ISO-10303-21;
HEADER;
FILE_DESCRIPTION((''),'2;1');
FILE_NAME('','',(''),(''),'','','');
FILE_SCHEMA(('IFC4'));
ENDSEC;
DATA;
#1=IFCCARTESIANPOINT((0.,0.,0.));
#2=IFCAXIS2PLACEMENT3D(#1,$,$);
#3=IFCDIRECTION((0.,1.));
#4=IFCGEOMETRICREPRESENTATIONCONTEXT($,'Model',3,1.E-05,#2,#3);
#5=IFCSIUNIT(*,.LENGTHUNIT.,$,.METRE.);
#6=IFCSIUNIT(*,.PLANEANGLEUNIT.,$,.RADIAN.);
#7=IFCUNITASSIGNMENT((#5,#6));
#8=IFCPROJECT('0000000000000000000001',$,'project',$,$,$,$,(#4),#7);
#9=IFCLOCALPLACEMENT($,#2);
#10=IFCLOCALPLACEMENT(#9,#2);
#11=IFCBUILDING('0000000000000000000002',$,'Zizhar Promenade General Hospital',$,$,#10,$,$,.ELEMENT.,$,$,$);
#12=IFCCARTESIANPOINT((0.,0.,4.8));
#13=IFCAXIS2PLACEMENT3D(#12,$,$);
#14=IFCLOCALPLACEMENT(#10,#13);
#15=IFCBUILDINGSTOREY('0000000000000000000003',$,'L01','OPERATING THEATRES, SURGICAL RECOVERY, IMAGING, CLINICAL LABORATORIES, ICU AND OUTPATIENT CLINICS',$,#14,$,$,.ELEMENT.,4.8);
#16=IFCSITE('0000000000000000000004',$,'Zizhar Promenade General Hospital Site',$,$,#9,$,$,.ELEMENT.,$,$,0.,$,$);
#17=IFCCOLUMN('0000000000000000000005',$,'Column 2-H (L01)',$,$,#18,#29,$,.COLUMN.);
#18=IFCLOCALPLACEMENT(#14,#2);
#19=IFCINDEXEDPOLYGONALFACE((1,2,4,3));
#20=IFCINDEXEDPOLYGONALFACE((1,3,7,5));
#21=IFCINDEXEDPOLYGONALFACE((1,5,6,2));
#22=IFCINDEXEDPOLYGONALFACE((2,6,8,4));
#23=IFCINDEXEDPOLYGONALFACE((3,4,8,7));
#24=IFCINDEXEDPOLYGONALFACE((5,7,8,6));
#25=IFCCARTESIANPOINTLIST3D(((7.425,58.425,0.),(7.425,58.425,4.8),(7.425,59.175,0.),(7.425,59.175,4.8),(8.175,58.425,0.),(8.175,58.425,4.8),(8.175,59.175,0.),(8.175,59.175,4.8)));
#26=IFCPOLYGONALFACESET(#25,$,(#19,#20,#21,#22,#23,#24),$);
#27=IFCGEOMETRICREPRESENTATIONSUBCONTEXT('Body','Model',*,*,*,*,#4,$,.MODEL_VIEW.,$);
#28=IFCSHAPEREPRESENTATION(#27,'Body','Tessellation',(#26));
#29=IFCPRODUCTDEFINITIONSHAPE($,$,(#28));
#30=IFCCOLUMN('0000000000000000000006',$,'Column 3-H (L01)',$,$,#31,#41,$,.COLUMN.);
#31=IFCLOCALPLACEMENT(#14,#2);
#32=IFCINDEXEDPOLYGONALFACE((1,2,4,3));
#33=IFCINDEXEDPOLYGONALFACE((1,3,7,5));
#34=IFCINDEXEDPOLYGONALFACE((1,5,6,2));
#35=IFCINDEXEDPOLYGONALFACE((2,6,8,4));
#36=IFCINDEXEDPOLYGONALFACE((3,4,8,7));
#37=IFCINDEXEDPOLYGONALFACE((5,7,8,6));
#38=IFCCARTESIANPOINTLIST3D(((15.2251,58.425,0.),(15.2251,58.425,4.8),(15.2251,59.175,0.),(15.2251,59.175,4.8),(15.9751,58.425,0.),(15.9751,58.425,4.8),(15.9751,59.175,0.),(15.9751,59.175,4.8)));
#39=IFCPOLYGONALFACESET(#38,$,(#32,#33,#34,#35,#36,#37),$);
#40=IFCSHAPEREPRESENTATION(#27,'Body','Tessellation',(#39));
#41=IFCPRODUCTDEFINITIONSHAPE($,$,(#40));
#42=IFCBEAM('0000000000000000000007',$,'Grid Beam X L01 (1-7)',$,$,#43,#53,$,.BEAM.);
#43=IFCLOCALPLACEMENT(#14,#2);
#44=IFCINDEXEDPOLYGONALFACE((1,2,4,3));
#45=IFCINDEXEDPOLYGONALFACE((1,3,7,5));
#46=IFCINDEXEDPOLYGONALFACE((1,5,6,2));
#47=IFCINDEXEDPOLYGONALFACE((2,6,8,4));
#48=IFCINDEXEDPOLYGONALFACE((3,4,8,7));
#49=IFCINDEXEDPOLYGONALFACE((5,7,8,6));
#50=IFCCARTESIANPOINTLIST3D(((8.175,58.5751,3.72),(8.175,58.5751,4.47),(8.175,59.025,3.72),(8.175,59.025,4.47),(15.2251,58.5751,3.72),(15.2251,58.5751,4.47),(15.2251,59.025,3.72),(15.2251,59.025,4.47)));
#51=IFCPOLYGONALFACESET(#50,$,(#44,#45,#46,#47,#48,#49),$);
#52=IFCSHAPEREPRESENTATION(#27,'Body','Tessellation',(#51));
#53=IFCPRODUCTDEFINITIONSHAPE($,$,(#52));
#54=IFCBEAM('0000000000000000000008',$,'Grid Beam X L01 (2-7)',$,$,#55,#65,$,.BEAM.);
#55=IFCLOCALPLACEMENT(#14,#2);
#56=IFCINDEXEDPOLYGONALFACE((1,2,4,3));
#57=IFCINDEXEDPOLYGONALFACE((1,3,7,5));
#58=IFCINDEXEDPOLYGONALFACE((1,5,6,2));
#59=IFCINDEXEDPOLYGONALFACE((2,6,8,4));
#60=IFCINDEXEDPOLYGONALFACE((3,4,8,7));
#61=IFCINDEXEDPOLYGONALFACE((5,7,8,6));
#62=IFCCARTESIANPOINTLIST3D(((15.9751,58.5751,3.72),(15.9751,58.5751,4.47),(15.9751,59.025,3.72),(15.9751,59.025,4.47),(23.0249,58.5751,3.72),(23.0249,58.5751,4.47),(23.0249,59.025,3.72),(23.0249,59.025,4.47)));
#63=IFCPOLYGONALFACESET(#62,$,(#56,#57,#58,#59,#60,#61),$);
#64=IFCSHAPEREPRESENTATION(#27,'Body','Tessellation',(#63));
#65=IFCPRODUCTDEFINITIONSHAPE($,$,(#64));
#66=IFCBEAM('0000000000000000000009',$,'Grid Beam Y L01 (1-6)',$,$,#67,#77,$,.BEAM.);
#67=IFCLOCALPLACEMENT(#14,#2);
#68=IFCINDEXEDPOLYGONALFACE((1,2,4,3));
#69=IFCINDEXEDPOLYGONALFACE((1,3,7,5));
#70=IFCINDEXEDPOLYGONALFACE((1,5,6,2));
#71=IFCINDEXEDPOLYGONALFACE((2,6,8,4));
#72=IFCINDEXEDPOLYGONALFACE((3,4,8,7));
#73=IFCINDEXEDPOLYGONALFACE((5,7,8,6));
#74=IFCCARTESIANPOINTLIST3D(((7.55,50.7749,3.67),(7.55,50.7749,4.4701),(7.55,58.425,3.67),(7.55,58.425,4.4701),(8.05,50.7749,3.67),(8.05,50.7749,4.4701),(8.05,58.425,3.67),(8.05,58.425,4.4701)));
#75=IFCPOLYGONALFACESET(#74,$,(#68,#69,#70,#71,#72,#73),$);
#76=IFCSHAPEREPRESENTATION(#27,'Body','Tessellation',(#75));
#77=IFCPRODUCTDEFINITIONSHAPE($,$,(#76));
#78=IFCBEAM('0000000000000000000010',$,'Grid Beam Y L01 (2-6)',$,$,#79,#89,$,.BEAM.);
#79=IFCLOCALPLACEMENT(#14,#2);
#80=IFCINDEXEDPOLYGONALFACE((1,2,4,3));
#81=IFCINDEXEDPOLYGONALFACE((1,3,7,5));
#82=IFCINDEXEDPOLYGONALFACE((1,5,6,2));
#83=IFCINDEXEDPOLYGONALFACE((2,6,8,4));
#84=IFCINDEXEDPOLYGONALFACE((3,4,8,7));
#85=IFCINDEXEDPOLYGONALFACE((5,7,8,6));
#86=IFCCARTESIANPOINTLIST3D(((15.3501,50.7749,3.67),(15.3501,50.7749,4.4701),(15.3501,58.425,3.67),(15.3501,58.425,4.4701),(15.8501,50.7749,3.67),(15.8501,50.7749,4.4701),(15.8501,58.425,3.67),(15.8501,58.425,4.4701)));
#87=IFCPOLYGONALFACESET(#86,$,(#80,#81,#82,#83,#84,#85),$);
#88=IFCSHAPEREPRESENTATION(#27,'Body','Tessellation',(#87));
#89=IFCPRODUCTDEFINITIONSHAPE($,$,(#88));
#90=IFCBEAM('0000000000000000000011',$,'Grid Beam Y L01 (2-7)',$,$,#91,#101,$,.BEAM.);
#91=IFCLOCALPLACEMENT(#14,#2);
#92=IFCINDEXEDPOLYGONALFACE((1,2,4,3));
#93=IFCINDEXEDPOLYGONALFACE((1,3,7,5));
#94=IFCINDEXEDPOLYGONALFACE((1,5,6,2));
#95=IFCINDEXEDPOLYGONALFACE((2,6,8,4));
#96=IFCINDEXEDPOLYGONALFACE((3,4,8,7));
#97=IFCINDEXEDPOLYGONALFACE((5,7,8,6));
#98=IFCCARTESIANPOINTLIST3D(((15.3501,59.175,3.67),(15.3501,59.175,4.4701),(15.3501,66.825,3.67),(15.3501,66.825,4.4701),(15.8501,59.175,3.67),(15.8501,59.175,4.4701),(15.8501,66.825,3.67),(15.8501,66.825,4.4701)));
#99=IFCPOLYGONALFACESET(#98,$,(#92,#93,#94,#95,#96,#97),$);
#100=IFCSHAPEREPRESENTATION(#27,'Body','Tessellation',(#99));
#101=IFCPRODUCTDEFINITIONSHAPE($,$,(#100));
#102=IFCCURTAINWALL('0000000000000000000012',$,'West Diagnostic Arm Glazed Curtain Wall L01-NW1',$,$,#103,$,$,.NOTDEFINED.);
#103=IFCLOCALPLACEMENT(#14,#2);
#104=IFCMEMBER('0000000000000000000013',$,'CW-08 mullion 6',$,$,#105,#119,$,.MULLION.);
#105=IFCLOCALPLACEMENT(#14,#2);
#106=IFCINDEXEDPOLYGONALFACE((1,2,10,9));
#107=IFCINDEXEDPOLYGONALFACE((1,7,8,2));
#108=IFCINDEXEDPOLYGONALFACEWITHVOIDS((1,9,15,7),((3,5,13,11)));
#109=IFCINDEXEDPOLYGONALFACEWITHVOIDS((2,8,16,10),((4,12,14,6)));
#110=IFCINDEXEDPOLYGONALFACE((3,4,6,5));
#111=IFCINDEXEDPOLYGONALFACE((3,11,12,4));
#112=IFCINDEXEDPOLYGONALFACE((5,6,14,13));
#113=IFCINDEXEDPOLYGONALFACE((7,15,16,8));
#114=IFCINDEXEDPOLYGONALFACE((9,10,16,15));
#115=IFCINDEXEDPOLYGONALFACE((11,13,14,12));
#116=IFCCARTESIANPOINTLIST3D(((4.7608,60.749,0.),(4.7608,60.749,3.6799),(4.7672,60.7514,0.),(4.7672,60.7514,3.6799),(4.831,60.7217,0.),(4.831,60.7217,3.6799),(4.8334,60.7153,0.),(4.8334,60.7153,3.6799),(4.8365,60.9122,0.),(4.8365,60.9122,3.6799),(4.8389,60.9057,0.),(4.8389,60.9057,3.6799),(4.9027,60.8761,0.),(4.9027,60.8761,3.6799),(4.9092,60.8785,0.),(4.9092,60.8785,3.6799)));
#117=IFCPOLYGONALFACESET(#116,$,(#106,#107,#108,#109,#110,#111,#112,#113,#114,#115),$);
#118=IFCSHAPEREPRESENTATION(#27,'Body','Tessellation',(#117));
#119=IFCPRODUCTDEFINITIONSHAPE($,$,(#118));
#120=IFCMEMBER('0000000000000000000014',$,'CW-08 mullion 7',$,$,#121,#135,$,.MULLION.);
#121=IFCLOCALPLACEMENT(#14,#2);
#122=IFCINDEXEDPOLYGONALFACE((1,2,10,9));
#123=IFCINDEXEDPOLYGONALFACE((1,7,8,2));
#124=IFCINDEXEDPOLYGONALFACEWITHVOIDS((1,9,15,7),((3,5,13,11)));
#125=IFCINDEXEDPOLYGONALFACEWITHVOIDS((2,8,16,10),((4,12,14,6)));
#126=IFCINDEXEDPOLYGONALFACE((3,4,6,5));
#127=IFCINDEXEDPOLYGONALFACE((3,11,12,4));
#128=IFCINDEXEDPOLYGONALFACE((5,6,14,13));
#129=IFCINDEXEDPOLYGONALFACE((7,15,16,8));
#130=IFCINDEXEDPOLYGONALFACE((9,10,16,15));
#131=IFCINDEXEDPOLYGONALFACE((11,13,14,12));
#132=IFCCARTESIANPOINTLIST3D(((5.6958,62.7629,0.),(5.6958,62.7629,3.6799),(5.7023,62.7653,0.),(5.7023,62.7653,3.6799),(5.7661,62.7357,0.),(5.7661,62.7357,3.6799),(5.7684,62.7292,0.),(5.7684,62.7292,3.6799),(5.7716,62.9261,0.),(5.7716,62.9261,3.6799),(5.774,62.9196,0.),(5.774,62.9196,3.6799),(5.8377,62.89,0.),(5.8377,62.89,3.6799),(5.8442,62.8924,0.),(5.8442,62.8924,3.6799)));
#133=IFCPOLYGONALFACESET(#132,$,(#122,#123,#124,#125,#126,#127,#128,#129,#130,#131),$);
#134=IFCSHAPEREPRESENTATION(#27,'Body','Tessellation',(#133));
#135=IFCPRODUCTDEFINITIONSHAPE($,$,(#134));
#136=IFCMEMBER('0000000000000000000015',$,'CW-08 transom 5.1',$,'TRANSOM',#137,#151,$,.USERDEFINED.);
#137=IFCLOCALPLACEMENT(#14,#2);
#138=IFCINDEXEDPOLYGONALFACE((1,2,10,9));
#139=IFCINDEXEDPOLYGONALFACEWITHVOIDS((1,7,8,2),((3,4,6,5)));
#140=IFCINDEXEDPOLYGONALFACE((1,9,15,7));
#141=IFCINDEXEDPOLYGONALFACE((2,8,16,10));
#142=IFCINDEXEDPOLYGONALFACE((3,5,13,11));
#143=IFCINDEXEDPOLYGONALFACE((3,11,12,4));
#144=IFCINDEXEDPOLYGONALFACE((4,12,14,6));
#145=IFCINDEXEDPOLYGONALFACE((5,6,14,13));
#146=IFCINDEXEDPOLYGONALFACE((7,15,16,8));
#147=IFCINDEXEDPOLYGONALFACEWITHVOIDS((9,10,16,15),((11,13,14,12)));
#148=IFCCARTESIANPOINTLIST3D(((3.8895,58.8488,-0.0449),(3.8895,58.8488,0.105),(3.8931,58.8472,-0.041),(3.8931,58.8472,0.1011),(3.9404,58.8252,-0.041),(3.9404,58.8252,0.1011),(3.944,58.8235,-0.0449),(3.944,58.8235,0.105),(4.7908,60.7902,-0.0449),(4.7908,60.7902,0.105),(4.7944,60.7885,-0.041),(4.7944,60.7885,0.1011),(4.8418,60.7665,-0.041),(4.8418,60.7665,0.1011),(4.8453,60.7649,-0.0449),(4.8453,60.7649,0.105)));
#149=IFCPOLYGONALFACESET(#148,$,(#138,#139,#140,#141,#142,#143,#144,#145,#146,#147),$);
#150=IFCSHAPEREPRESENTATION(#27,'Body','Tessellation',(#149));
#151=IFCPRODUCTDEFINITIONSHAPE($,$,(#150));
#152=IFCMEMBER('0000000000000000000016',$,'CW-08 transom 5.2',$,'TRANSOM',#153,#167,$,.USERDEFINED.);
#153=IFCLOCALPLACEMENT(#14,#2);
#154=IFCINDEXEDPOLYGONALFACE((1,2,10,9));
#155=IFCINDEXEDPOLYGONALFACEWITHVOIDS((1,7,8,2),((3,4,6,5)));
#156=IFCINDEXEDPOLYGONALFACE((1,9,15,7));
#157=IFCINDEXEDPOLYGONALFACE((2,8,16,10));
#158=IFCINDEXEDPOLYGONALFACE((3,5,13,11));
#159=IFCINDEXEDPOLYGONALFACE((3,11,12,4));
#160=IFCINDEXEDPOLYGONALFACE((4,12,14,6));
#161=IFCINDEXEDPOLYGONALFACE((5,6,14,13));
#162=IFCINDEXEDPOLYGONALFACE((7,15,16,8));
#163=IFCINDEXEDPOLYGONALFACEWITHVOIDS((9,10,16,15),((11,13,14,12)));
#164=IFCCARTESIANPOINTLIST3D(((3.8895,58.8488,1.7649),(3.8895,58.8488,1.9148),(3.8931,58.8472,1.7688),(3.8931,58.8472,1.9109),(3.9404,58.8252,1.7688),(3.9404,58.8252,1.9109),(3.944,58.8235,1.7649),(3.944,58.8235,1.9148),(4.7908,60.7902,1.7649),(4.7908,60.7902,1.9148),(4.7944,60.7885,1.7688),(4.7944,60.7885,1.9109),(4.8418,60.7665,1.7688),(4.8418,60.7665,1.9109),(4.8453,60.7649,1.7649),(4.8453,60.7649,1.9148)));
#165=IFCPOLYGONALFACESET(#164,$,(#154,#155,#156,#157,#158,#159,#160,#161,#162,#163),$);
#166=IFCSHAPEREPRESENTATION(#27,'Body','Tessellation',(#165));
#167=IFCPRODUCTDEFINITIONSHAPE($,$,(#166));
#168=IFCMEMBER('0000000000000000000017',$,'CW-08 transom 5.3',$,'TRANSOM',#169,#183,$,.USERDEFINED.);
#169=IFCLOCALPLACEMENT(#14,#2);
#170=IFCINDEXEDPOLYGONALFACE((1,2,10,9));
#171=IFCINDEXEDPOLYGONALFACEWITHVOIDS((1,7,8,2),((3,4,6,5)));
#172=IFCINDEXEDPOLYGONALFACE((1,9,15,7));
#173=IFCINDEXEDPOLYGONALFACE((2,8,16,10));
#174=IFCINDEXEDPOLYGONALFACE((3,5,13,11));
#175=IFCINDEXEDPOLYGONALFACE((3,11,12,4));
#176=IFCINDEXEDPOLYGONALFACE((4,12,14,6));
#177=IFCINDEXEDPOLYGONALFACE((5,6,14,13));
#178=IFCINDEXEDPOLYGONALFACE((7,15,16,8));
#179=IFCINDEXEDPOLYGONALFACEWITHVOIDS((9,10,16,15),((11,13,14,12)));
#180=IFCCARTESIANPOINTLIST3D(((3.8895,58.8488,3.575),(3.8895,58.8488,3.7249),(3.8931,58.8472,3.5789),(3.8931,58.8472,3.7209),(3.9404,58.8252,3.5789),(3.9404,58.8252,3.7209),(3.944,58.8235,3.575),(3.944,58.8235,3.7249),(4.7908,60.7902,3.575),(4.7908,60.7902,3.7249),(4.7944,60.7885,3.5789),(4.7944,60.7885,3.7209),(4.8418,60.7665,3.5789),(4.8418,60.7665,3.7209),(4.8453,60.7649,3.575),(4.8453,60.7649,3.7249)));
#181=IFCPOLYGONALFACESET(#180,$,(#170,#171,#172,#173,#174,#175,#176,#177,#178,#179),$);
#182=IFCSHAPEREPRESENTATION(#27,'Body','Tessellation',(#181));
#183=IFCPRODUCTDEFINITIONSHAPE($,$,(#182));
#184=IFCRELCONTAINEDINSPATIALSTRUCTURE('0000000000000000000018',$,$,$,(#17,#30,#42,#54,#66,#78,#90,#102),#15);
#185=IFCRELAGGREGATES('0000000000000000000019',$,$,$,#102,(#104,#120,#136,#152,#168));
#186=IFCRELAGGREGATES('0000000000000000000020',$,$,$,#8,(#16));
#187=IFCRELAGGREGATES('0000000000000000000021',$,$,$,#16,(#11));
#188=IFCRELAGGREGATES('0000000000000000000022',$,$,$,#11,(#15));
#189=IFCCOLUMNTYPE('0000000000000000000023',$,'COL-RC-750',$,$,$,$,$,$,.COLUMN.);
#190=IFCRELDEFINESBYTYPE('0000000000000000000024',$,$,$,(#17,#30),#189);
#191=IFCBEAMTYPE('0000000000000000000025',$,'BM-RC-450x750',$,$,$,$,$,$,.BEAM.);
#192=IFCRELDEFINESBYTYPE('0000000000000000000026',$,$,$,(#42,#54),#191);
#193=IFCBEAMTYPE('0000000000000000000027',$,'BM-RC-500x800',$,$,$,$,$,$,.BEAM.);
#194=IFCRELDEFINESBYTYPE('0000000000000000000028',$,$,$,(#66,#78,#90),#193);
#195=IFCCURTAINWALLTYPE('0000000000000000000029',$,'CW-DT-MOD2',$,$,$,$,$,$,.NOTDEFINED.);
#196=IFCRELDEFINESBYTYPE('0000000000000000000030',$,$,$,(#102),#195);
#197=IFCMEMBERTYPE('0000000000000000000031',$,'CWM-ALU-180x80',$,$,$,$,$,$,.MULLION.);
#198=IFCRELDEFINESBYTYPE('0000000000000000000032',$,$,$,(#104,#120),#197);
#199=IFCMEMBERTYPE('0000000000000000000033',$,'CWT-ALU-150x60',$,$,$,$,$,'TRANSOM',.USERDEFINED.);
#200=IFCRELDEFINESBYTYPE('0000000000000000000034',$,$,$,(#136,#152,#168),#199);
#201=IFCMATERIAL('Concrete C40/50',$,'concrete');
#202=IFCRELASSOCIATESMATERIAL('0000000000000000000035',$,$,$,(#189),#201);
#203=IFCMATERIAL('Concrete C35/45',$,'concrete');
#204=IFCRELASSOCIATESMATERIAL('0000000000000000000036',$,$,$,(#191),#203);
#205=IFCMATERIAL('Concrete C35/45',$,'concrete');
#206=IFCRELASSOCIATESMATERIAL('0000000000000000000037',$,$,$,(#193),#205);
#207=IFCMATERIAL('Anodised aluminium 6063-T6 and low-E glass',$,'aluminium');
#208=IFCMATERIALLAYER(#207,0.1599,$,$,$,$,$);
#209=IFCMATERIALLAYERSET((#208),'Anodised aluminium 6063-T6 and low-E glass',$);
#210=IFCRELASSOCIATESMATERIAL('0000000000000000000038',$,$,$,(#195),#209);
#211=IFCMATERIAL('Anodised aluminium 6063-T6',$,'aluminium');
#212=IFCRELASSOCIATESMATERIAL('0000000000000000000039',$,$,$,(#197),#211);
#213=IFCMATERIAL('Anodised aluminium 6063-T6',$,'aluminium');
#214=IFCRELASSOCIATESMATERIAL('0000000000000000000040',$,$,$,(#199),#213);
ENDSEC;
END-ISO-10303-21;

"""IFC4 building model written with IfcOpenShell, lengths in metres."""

from ifc_helpers import new_model, si_unit, direction, frame, origin, origin_2d, place, context, subcontext, project, spatial, rectangle, hollow_rectangle, extrude, material, layer, layer_set, material_profile, profile_set, type_object, element, aggregate, save


model = new_model("IFC4")

# Units and contexts
model_context = context("Model", 3, precision=1e-05, world=origin(), true_north=direction((0.0, 1.0)))
body_context = subcontext(model_context, "Body", "Model", "MODEL_VIEW")
ifc_project = project(units=[si_unit("LENGTHUNIT", "METRE"), si_unit("PLANEANGLEUNIT", "RADIAN")], contexts=[model_context])

# Site, building, storey
site_placement = place(None, origin())
site = spatial("IfcSite", under=ifc_project, at=site_placement, Name="Zizhar Promenade General Hospital Site", CompositionType="ELEMENT", RefElevation=0.0)
building_placement = place(site_placement, origin())
building = spatial("IfcBuilding", under=site, at=building_placement, Name="Zizhar Promenade General Hospital", CompositionType="ELEMENT")
storey_placement = place(building_placement, frame((0.0, 0.0, 4.8)))
storey = spatial("IfcBuildingStorey", under=building, at=storey_placement, Name="L01", Description="OPERATING THEATRES, SURGICAL RECOVERY, IMAGING, CLINICAL LABORATORIES, ICU AND OUTPATIENT CLINICS", CompositionType="ELEMENT", Elevation=4.8)

# Columns
ifc_material_1 = material(Name="Concrete C40/50", Category="concrete")
ifc_material_profile_1 = material_profile(ifc_material_1, rectangle(XDim=0.75, YDim=0.75, at=origin_2d()))
ifc_profile_set_1 = profile_set([ifc_material_profile_1], Name="Concrete C40/50")
column_type = type_object("IfcColumnType", Name="COL-RC-750", PredefinedType="COLUMN", material=ifc_profile_set_1)
for number, where, z_axis, x_axis, name in (
    (1, (7.8, 58.8, 0.0), (0.0, 0.0, 1.0), (1.0, 0.0, 0.0), "Column 2-H (L01)"),
    (2, (15.6001, 58.8, 0.0), (0.0, 0.0, 1.0), (1.0, 0.0, 0.0), "Column 3-H (L01)"),
):
    element("IfcColumn", number, at=place(storey_placement, frame(where, z_axis=z_axis, x_axis=x_axis)), inside=storey, type_object=column_type, Name=name, PredefinedType="COLUMN", context=body_context, shape_type="SweptSolid", body=[
        extrude(rectangle(XDim=0.75, YDim=0.75, at=origin_2d()), origin(), (0.0, 0.0, 1.0), 4.8),
    ])

# Beams
ifc_material_2 = material(Name="Concrete C35/45", Category="concrete")
ifc_material_profile_2 = material_profile(ifc_material_2, rectangle(XDim=0.45, YDim=0.75, at=origin_2d()))
ifc_profile_set_2 = profile_set([ifc_material_profile_2], Name="Concrete C35/45")
beam_type_1 = type_object("IfcBeamType", Name="BM-RC-450x750", PredefinedType="BEAM", material=ifc_profile_set_2)
beam_1_placement = place(storey_placement, frame((8.175, 58.8, 4.095), z_axis=(1.0, 0.0, 0.0), x_axis=(0.0, 1.0, 0.0)))
element("IfcBeam", 3, at=beam_1_placement, inside=storey, type_object=beam_type_1, Name="Grid Beam X L01 (1-7)", PredefinedType="BEAM", context=body_context, shape_type="SweptSolid", body=[
    extrude(rectangle(XDim=0.45, YDim=0.75, at=origin_2d()), origin(), (0.0, 0.0, 1.0), 7.05),
])
beam_2_placement = place(storey_placement, frame((15.9751, 58.8, 4.095), z_axis=(1.0, 0.0, 0.0), x_axis=(0.0, 1.0, 0.0)))
element("IfcBeam", 4, at=beam_2_placement, inside=storey, type_object=beam_type_1, Name="Grid Beam X L01 (2-7)", PredefinedType="BEAM", context=body_context, shape_type="SweptSolid", body=[
    extrude(rectangle(XDim=0.45, YDim=0.75, at=origin_2d()), origin(), (0.0, 0.0, 1.0), 7.0498),
])
ifc_material_3 = material(Name="Concrete C35/45", Category="concrete")
ifc_material_profile_3 = material_profile(ifc_material_3, rectangle(XDim=0.5, YDim=0.8, at=origin_2d()))
ifc_profile_set_3 = profile_set([ifc_material_profile_3], Name="Concrete C35/45")
beam_type_2 = type_object("IfcBeamType", Name="BM-RC-500x800", PredefinedType="BEAM", material=ifc_profile_set_3)
for number, where, z_axis, x_axis, name in (
    (5, (7.8, 50.7749, 4.0701), (0.0, 1.0, 0.0), (-1.0, 0.0, 0.0), "Grid Beam Y L01 (1-6)"),
    (6, (15.6001, 50.7749, 4.0701), (0.0, 1.0, 0.0), (-1.0, 0.0, 0.0), "Grid Beam Y L01 (2-6)"),
):
    element("IfcBeam", number, at=place(storey_placement, frame(where, z_axis=z_axis, x_axis=x_axis)), inside=storey, type_object=beam_type_2, Name=name, PredefinedType="BEAM", context=body_context, shape_type="SweptSolid", body=[
        extrude(rectangle(XDim=0.5, YDim=0.8, at=origin_2d()), origin(), (0.0, 0.0, 1.0), 7.6501),
    ])
beam_3_placement = place(storey_placement, frame((15.6001, 59.175, 4.0701), z_axis=(0.0, 1.0, 0.0), x_axis=(-1.0, 0.0, 0.0)))
element("IfcBeam", 7, at=beam_3_placement, inside=storey, type_object=beam_type_2, Name="Grid Beam Y L01 (2-7)", PredefinedType="BEAM", context=body_context, shape_type="SweptSolid", body=[
    extrude(rectangle(XDim=0.5, YDim=0.8, at=origin_2d()), origin(), (0.0, 0.0, 1.0), 7.6499),
])

# Curtain wall, members
ifc_material_4 = material(Name="Anodised aluminium 6063-T6 and low-E glass", Category="aluminium")
ifc_layer_1 = layer(ifc_material_4, 0.1599)
ifc_layer_set_1 = layer_set([ifc_layer_1], Name="Anodised aluminium 6063-T6 and low-E glass")
curtain_wall_type = type_object("IfcCurtainWallType", Name="CW-DT-MOD2", PredefinedType="NOTDEFINED", material=ifc_layer_set_1)
curtain_wall_placement = place(storey_placement, origin())
curtain_wall = element("IfcCurtainWall", 8, at=curtain_wall_placement, inside=storey, type_object=curtain_wall_type, Name="West Diagnostic Arm Glazed Curtain Wall L01-NW1", PredefinedType="NOTDEFINED")
ifc_material_5 = material(Name="Anodised aluminium 6063-T6", Category="aluminium")
ifc_material_profile_4 = material_profile(ifc_material_5, hollow_rectangle(XDim=0.0801, YDim=0.1799, WallThickness=0.0049, at=origin_2d()))
ifc_profile_set_4 = profile_set([ifc_material_profile_4], Name="Anodised aluminium 6063-T6")
member_type_1 = type_object("IfcMemberType", Name="CWM-ALU-180x80", PredefinedType="MULLION", material=ifc_profile_set_4)
member_1_placement = place(storey_placement, frame((4.835, 60.8137, 0.0), z_axis=(0.0, 0.0, 1.0), x_axis=(-0.907007, 0.421115, 0.0)))
member_1 = element("IfcMember", 9, at=member_1_placement, type_object=member_type_1, Name="CW-08 mullion 6", PredefinedType="MULLION", context=body_context, shape_type="SweptSolid", body=[
    extrude(hollow_rectangle(XDim=0.0801, YDim=0.1799, WallThickness=0.0049, at=origin_2d()), origin(), (0.0, 0.0, 1.0), 3.6799),
])
member_2_placement = place(storey_placement, frame((5.77, 62.8276, 0.0), z_axis=(0.0, 0.0, 1.0), x_axis=(-0.907007, 0.421115, 0.0)))
member_2 = element("IfcMember", 10, at=member_2_placement, type_object=member_type_1, Name="CW-08 mullion 7", PredefinedType="MULLION", context=body_context, shape_type="SweptSolid", body=[
    extrude(hollow_rectangle(XDim=0.0801, YDim=0.1799, WallThickness=0.0049, at=origin_2d()), origin(), (0.0, 0.0, 1.0), 3.6799),
])
ifc_material_6 = material(Name="Anodised aluminium 6063-T6", Category="aluminium")
ifc_material_profile_5 = material_profile(ifc_material_6, hollow_rectangle(XDim=0.0601, YDim=0.1499, WallThickness=0.0039, at=origin_2d()))
ifc_profile_set_5 = profile_set([ifc_material_profile_5], Name="Anodised aluminium 6063-T6")
member_type_2 = type_object("IfcMemberType", Name="CWT-ALU-150x60", ElementType="TRANSOM", PredefinedType="USERDEFINED", material=ifc_profile_set_5)
member_3_placement = place(storey_placement, frame((3.9167, 58.8362, 0.03), z_axis=(0.421111, 0.907009, 0.0), x_axis=(-0.907009, 0.421111, 0.0)))
member_3 = element("IfcMember", 11, at=member_3_placement, type_object=member_type_2, Name="CW-08 transom 5.1", ObjectType="TRANSOM", PredefinedType="USERDEFINED", context=body_context, shape_type="SweptSolid", body=[
    extrude(hollow_rectangle(XDim=0.0601, YDim=0.1499, WallThickness=0.0039, at=origin_2d()), origin(), (0.0, 0.0, 1.0), 2.1404),
])
member_4_placement = place(storey_placement, frame((3.9167, 58.8362, 1.8398), z_axis=(0.421111, 0.907009, 0.0), x_axis=(-0.907009, 0.421111, 0.0)))
member_4 = element("IfcMember", 12, at=member_4_placement, type_object=member_type_2, Name="CW-08 transom 5.2", ObjectType="TRANSOM", PredefinedType="USERDEFINED", context=body_context, shape_type="SweptSolid", body=[
    extrude(hollow_rectangle(XDim=0.0601, YDim=0.1499, WallThickness=0.0039, at=origin_2d()), origin(), (0.0, 0.0, 1.0), 2.1404),
])
member_5_placement = place(storey_placement, frame((3.9167, 58.8362, 3.6499), z_axis=(0.421111, 0.907009, 0.0), x_axis=(-0.907009, 0.421111, 0.0)))
member_5 = element("IfcMember", 13, at=member_5_placement, type_object=member_type_2, Name="CW-08 transom 5.3", ObjectType="TRANSOM", PredefinedType="USERDEFINED", context=body_context, shape_type="SweptSolid", body=[
    extrude(hollow_rectangle(XDim=0.0601, YDim=0.1499, WallThickness=0.0039, at=origin_2d()), origin(), (0.0, 0.0, 1.0), 2.1404),
])
aggregate(curtain_wall, [member_1, member_2, member_3, member_4, member_5])

save(model, "model.ifc")
